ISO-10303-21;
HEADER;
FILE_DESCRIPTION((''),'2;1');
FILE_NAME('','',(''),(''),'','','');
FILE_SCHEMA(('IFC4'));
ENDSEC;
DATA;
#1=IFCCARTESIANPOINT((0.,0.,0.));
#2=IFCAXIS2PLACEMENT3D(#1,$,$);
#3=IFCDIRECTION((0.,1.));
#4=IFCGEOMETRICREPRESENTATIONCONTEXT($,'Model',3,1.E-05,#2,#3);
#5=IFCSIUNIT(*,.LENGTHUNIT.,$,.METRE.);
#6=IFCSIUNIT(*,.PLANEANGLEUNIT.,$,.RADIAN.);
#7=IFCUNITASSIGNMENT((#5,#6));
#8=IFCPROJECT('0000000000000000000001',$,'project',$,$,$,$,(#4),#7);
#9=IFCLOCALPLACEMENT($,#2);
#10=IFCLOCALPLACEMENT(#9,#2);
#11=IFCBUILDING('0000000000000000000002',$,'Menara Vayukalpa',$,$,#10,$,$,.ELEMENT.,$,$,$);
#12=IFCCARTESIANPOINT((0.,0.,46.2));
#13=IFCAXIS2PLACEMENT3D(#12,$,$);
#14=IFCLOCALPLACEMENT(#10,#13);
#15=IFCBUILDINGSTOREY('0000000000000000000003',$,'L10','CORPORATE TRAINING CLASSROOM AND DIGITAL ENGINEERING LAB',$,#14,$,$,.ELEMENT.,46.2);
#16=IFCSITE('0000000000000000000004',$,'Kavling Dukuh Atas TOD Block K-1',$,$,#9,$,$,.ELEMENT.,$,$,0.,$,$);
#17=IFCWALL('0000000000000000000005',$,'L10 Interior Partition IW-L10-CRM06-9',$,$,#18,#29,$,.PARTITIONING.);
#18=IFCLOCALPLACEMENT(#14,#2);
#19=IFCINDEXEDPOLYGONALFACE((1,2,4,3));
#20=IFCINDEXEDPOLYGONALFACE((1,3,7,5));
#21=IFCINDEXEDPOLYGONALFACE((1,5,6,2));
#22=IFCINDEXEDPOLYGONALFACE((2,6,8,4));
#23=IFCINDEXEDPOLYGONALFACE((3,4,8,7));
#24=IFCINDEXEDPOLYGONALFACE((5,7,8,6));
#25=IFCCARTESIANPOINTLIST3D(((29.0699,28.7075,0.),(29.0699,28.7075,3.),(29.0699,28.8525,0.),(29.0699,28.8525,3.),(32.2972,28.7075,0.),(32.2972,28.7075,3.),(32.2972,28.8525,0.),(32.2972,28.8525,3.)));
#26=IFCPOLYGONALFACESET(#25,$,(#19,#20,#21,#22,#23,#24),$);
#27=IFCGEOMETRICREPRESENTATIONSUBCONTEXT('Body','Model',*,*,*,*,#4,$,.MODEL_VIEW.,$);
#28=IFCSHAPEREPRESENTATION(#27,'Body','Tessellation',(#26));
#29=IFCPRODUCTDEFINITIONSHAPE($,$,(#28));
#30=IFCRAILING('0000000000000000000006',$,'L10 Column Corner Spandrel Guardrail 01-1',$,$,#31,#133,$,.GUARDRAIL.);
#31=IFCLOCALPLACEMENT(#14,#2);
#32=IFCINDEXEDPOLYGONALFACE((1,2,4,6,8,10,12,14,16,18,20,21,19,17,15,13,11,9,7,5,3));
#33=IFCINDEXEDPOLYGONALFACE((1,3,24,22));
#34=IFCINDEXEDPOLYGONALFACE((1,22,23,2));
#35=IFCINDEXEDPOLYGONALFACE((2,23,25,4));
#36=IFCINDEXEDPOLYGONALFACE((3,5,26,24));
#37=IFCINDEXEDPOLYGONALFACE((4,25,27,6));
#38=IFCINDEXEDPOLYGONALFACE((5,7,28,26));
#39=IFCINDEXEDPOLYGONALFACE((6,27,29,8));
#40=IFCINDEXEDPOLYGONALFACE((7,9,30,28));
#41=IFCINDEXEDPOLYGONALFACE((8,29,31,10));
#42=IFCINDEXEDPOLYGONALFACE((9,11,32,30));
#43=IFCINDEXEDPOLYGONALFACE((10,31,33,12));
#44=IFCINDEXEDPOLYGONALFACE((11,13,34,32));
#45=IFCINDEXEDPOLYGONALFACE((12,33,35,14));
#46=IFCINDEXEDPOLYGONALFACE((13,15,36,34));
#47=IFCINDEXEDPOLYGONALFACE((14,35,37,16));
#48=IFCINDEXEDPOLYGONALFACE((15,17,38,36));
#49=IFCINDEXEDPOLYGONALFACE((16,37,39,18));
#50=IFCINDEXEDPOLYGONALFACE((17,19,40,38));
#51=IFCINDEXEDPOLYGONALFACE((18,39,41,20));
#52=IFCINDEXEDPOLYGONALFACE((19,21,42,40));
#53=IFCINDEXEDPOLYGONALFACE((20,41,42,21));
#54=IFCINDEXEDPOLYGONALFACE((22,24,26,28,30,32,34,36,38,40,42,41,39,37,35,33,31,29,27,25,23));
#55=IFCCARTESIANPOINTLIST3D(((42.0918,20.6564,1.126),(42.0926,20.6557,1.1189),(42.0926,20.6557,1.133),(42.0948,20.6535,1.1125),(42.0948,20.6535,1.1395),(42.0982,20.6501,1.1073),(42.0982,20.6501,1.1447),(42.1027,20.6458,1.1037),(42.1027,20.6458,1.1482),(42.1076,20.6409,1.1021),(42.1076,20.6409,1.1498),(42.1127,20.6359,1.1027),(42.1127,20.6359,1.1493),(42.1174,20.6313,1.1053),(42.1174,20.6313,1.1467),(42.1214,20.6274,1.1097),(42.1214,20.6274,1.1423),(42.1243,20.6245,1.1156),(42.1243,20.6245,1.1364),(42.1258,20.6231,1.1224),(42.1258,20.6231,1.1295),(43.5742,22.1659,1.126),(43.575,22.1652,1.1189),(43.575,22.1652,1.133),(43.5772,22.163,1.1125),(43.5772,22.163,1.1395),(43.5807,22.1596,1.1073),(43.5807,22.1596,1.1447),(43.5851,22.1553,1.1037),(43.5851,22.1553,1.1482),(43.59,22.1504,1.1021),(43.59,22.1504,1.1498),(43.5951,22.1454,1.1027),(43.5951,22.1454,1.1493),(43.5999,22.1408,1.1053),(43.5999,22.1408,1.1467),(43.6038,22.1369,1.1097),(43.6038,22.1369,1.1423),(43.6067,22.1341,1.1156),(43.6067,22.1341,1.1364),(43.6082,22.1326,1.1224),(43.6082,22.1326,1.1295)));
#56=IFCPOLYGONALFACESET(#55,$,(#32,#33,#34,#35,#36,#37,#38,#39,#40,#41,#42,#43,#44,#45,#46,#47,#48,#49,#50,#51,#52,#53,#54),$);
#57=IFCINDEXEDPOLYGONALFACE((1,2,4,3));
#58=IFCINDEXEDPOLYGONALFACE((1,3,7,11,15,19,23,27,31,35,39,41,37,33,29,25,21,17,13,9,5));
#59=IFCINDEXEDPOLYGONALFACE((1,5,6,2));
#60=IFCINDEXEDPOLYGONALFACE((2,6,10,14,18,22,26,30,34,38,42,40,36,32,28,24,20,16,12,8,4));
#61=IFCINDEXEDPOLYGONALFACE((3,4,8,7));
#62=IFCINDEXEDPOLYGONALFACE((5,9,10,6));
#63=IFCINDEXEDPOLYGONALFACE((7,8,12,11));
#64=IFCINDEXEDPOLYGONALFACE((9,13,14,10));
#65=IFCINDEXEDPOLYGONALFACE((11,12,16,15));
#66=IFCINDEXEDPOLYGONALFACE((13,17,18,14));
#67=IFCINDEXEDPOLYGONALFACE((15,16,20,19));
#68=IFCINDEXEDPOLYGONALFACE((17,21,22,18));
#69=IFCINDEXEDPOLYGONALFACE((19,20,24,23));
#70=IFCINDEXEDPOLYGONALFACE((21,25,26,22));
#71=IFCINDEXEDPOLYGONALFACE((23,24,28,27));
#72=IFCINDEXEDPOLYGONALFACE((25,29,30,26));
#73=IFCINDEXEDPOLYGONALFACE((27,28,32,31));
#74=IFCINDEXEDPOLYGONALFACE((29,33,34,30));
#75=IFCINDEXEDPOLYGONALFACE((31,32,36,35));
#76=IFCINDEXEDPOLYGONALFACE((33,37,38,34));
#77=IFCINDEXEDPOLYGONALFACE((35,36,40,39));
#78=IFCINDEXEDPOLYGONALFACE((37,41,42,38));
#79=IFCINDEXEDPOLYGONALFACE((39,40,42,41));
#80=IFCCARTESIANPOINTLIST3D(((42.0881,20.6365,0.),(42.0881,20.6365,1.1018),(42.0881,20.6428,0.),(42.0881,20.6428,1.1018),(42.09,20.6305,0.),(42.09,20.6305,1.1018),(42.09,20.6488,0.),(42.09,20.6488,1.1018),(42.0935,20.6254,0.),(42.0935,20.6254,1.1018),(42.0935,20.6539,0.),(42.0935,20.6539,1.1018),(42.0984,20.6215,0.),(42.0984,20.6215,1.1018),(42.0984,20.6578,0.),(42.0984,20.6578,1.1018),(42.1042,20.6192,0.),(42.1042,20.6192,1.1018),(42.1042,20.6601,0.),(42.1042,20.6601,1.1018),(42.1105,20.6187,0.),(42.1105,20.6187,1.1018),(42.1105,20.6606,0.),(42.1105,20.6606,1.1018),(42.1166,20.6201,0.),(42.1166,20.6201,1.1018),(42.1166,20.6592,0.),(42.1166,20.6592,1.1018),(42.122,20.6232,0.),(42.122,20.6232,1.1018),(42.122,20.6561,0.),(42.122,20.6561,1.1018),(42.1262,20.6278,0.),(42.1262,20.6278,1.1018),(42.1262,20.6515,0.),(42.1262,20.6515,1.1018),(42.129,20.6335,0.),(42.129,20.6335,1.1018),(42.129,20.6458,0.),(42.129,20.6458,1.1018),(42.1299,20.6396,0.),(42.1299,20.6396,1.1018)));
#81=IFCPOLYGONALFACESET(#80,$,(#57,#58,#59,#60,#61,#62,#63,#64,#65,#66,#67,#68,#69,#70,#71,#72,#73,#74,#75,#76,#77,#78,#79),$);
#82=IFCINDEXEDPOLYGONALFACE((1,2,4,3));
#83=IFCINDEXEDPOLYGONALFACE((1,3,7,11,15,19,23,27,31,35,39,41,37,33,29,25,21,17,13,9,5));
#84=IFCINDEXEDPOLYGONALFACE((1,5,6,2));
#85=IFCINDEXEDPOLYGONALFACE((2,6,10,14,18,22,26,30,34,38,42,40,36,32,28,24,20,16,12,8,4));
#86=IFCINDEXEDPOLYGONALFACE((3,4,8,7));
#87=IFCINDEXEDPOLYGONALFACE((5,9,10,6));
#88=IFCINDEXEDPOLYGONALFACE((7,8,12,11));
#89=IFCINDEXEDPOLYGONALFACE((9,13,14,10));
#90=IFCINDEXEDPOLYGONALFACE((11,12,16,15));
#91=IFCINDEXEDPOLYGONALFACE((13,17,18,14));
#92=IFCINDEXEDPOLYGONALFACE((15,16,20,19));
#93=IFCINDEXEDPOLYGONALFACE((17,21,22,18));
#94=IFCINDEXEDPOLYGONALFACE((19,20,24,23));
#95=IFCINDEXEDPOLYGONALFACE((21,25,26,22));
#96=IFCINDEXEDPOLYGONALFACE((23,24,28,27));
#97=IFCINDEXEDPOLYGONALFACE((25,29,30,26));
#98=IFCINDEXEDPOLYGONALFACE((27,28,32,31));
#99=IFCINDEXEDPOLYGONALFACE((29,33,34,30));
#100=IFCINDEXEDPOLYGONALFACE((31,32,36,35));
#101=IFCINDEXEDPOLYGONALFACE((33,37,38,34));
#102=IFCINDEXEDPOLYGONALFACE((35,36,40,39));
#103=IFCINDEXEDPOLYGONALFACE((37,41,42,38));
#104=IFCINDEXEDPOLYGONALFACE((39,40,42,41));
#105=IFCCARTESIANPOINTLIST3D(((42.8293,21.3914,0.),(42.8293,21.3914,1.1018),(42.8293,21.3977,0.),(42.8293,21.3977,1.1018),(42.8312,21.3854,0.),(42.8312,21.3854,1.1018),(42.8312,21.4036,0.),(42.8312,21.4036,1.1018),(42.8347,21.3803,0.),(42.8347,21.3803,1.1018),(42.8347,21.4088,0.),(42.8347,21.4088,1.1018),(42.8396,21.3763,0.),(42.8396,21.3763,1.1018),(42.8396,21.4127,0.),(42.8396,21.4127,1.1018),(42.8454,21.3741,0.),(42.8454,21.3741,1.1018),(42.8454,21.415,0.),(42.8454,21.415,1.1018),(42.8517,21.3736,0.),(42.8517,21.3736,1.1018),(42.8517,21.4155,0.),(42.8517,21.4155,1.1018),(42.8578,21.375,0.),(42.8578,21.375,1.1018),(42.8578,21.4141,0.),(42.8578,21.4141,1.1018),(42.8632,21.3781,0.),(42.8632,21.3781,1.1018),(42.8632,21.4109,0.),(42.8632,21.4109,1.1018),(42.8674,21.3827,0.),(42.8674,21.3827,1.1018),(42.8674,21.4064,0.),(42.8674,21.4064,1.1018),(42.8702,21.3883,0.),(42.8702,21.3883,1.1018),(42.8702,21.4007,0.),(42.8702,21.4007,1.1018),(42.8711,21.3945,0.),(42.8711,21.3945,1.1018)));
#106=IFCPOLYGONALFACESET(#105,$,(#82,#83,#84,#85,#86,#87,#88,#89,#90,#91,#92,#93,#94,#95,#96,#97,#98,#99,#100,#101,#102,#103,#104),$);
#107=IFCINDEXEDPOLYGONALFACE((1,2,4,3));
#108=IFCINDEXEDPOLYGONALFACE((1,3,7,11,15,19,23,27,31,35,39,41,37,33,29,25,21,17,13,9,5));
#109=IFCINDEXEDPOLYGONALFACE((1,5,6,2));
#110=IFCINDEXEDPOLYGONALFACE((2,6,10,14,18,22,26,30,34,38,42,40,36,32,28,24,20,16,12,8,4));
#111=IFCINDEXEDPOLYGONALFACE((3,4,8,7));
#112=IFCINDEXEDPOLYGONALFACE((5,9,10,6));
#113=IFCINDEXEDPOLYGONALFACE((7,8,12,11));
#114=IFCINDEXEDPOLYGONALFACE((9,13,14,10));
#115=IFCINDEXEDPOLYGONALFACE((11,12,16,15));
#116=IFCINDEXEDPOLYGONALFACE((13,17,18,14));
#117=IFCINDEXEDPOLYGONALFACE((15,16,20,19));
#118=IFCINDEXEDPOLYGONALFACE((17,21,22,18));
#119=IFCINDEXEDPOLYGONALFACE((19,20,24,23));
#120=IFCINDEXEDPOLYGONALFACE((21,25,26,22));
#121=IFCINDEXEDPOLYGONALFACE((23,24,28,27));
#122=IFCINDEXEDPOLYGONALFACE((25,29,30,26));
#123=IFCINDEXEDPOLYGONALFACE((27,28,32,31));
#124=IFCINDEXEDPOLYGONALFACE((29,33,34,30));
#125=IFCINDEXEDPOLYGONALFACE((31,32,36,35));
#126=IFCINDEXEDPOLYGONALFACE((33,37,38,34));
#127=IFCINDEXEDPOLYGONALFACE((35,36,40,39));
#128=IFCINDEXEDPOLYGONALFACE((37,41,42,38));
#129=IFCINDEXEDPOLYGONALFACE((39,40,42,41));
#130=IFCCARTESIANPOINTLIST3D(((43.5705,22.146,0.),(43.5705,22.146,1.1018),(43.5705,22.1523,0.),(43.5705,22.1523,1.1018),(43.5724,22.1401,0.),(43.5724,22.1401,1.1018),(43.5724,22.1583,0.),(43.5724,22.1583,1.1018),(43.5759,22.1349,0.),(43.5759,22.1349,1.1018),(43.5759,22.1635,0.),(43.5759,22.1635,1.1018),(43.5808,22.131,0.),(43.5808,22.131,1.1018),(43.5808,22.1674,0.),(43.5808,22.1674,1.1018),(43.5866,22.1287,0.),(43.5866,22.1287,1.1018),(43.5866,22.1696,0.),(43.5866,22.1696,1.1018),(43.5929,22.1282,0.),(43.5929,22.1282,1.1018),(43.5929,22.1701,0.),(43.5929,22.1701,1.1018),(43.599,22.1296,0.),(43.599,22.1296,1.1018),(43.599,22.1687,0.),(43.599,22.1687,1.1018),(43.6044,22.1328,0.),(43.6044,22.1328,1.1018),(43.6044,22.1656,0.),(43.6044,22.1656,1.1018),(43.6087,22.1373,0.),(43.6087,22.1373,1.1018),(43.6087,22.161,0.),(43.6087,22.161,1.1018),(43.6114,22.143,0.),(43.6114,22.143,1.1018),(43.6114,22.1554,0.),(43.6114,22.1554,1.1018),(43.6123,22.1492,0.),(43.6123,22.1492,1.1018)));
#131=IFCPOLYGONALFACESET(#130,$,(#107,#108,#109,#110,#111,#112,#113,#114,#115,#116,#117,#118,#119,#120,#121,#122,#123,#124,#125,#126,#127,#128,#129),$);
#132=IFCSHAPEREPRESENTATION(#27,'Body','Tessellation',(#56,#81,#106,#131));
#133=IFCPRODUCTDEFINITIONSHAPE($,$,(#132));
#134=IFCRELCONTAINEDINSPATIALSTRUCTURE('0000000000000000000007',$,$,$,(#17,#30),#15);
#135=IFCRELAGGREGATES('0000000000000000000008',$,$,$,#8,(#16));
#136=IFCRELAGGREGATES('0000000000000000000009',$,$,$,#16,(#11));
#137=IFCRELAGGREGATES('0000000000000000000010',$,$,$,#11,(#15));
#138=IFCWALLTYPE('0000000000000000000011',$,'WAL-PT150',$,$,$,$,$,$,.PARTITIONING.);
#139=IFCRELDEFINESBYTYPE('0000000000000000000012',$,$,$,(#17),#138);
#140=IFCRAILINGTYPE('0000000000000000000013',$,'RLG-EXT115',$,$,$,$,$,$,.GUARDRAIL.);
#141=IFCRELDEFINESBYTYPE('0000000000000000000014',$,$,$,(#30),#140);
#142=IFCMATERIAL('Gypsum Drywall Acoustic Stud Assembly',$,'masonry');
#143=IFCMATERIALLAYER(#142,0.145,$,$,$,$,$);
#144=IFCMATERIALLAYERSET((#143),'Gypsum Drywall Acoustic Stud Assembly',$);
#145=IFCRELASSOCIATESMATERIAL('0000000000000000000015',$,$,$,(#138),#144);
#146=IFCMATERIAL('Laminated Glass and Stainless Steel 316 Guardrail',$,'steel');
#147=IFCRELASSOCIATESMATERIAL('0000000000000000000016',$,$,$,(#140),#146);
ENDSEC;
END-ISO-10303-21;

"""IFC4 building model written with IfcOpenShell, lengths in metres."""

from ifc_helpers import new_model, si_unit, direction, frame, frame_2d, origin, origin_2d, place, context, subcontext, project, spatial, rectangle, circle, extrude, material, layer, layer_set, type_object, element, save


model = new_model("IFC4")

# Units and contexts
model_context = context("Model", 3, precision=1e-05, world=origin(), true_north=direction((0.0, 1.0)))
body_context = subcontext(model_context, "Body", "Model", "MODEL_VIEW")
ifc_project = project(units=[si_unit("LENGTHUNIT", "METRE"), si_unit("PLANEANGLEUNIT", "RADIAN")], contexts=[model_context])

# Site, building, storey
site_placement = place(None, origin())
site = spatial("IfcSite", under=ifc_project, at=site_placement, Name="Kavling Dukuh Atas TOD Block K-1", CompositionType="ELEMENT", RefElevation=0.0)
building_placement = place(site_placement, origin())
building = spatial("IfcBuilding", under=site, at=building_placement, Name="Menara Vayukalpa", CompositionType="ELEMENT")
storey_placement = place(building_placement, frame((0.0, 0.0, 46.2)))
storey = spatial("IfcBuildingStorey", under=building, at=storey_placement, Name="L10", Description="CORPORATE TRAINING CLASSROOM AND DIGITAL ENGINEERING LAB", CompositionType="ELEMENT", Elevation=46.2)

# Wall
ifc_material_1 = material(Name="Gypsum Drywall Acoustic Stud Assembly", Category="masonry")
ifc_layer_1 = layer(ifc_material_1, 0.145)
ifc_layer_set_1 = layer_set([ifc_layer_1], Name="Gypsum Drywall Acoustic Stud Assembly")
wall_type_1 = type_object("IfcWallType", Name="WAL-PT150", PredefinedType="PARTITIONING", material=ifc_layer_set_1)
wall_1_placement = place(storey_placement, frame((32.2974, 28.78, 0.0), z_axis=(0.0, 0.0, 1.0), x_axis=(-1.0, 0.0, 0.0)))
element("IfcWall", 1, at=wall_1_placement, inside=storey, type_object=wall_type_1, Name="L10 Interior Partition IW-L10-CRM06-9", PredefinedType="PARTITIONING", context=body_context, shape_type="SweptSolid", body=[
    extrude(rectangle(XDim=3.2273, YDim=0.145, at=frame_2d((1.6138, 0.0))), origin(), (0.0, 0.0, 1.0), 3.0),
])

# Railing
ifc_material_2 = material(Name="Laminated Glass and Stainless Steel 316 Guardrail", Category="steel")
railing_type_1 = type_object("IfcRailingType", Name="RLG-EXT115", PredefinedType="GUARDRAIL", material=ifc_material_2)
railing_1_placement = place(storey_placement, frame((42.1089, 20.6396, 0.0)))
element("IfcRailing", 2, at=railing_1_placement, inside=storey, type_object=railing_type_1, Name="L10 Column Corner Spandrel Guardrail 01-1", PredefinedType="GUARDRAIL", context=body_context, shape_type="SweptSolid", body=[
    extrude(circle(Radius=0.0239, at=origin_2d()), frame((0.0, 0.0, 1.126), z_axis=(0.700673, 0.713482, 0.0), x_axis=(-0.713482, 0.700673, 0.0)), (0.0, 0.0, 1.0), 2.1157),
    extrude(circle(Radius=0.021, at=origin_2d()), origin(), (0.0, 0.0, 1.0), 1.1018),
    extrude(circle(Radius=0.021, at=origin_2d()), frame((0.7412, 0.7549, 0.0)), (0.0, 0.0, 1.0), 1.1018),
    extrude(circle(Radius=0.021, at=origin_2d()), frame((1.4824, 1.5095, 0.0)), (0.0, 0.0, 1.0), 1.1018),
])

save(model, "model.ifc")
